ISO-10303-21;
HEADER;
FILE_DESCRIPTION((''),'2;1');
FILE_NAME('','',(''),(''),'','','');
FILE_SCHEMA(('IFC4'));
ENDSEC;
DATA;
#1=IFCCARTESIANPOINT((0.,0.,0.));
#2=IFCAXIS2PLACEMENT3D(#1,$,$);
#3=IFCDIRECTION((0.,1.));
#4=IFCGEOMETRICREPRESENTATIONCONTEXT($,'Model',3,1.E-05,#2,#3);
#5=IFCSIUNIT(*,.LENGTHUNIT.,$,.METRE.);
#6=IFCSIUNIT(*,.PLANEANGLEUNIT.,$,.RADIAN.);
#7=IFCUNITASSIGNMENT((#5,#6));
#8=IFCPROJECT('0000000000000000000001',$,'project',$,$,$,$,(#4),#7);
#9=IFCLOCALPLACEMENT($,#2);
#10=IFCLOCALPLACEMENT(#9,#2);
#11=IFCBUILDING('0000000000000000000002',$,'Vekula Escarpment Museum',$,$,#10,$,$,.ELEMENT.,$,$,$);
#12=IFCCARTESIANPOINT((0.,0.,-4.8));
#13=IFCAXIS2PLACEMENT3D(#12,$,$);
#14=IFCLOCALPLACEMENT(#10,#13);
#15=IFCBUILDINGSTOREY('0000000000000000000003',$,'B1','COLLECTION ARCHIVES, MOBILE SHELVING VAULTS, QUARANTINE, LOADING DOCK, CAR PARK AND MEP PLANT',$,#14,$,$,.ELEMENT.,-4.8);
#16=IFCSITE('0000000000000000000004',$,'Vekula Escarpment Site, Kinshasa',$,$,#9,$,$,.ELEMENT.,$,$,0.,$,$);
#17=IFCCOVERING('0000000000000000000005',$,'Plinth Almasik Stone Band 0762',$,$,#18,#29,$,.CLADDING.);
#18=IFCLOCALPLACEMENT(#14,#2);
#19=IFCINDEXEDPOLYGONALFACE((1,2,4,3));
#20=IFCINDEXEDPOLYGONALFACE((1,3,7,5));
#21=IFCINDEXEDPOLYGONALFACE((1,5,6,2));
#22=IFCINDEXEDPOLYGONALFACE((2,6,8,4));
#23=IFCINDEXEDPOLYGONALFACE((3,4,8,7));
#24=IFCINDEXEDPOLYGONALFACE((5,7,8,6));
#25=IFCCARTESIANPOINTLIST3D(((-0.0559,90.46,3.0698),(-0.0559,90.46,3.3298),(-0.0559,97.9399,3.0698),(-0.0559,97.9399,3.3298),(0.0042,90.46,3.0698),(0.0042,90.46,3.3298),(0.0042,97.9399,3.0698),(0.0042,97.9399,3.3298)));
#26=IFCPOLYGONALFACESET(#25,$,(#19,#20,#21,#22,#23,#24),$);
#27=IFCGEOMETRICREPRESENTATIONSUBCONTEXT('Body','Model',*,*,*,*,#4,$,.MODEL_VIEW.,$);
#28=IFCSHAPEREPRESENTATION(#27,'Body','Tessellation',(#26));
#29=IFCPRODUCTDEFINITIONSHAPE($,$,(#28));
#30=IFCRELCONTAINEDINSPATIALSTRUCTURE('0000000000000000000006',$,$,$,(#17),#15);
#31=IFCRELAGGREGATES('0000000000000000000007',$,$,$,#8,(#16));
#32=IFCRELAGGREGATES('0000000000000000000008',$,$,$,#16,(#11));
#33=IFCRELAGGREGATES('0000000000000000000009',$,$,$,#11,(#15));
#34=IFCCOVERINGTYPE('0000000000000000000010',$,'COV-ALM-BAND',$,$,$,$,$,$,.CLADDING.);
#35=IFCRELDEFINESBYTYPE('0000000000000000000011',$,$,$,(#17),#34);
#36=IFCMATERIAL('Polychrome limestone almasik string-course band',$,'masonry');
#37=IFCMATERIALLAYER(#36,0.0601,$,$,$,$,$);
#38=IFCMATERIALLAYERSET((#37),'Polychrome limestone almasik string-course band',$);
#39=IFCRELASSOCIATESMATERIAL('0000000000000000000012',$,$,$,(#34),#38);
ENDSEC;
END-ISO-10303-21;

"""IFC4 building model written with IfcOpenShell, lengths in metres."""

from ifc_helpers import new_model, si_unit, direction, frame, origin, origin_2d, place, context, subcontext, project, spatial, rectangle, extrude, material, layer, layer_set, type_object, element, save


model = new_model("IFC4")

# Units and contexts
model_context = context("Model", 3, precision=1e-05, world=origin(), true_north=direction((0.0, 1.0)))
body_context = subcontext(model_context, "Body", "Model", "MODEL_VIEW")
ifc_project = project(units=[si_unit("LENGTHUNIT", "METRE"), si_unit("PLANEANGLEUNIT", "RADIAN")], contexts=[model_context])

# Site, building, storey
site_placement = place(None, origin())
site = spatial("IfcSite", under=ifc_project, at=site_placement, Name="Vekula Escarpment Site, Kinshasa", CompositionType="ELEMENT", RefElevation=0.0)
building_placement = place(site_placement, origin())
building = spatial("IfcBuilding", under=site, at=building_placement, Name="Vekula Escarpment Museum", CompositionType="ELEMENT")
storey_placement = place(building_placement, frame((0.0, 0.0, -4.8)))
storey = spatial("IfcBuildingStorey", under=building, at=storey_placement, Name="B1", Description="COLLECTION ARCHIVES, MOBILE SHELVING VAULTS, QUARANTINE, LOADING DOCK, CAR PARK AND MEP PLANT", CompositionType="ELEMENT", Elevation=-4.8)

# Covering
ifc_material_1 = material(Name="Polychrome limestone almasik string-course band", Category="masonry")
ifc_layer_1 = layer(ifc_material_1, 0.0601)
ifc_layer_set_1 = layer_set([ifc_layer_1], Name="Polychrome limestone almasik string-course band")
covering_type = type_object("IfcCoveringType", Name="COV-ALM-BAND", PredefinedType="CLADDING", material=ifc_layer_set_1)
covering_placement = place(storey_placement, frame((-0.0259, 94.2, 3.0698), z_axis=(0.0, 0.0, 1.0), x_axis=(0.0, 1.0, 0.0)))
element("IfcCovering", 1, at=covering_placement, inside=storey, type_object=covering_type, Name="Plinth Almasik Stone Band 0762", PredefinedType="CLADDING", context=body_context, shape_type="SweptSolid", body=[
    extrude(rectangle(XDim=7.48, YDim=0.0601, at=origin_2d()), origin(), (0.0, 0.0, 1.0), 0.26),
])

save(model, "model.ifc")
